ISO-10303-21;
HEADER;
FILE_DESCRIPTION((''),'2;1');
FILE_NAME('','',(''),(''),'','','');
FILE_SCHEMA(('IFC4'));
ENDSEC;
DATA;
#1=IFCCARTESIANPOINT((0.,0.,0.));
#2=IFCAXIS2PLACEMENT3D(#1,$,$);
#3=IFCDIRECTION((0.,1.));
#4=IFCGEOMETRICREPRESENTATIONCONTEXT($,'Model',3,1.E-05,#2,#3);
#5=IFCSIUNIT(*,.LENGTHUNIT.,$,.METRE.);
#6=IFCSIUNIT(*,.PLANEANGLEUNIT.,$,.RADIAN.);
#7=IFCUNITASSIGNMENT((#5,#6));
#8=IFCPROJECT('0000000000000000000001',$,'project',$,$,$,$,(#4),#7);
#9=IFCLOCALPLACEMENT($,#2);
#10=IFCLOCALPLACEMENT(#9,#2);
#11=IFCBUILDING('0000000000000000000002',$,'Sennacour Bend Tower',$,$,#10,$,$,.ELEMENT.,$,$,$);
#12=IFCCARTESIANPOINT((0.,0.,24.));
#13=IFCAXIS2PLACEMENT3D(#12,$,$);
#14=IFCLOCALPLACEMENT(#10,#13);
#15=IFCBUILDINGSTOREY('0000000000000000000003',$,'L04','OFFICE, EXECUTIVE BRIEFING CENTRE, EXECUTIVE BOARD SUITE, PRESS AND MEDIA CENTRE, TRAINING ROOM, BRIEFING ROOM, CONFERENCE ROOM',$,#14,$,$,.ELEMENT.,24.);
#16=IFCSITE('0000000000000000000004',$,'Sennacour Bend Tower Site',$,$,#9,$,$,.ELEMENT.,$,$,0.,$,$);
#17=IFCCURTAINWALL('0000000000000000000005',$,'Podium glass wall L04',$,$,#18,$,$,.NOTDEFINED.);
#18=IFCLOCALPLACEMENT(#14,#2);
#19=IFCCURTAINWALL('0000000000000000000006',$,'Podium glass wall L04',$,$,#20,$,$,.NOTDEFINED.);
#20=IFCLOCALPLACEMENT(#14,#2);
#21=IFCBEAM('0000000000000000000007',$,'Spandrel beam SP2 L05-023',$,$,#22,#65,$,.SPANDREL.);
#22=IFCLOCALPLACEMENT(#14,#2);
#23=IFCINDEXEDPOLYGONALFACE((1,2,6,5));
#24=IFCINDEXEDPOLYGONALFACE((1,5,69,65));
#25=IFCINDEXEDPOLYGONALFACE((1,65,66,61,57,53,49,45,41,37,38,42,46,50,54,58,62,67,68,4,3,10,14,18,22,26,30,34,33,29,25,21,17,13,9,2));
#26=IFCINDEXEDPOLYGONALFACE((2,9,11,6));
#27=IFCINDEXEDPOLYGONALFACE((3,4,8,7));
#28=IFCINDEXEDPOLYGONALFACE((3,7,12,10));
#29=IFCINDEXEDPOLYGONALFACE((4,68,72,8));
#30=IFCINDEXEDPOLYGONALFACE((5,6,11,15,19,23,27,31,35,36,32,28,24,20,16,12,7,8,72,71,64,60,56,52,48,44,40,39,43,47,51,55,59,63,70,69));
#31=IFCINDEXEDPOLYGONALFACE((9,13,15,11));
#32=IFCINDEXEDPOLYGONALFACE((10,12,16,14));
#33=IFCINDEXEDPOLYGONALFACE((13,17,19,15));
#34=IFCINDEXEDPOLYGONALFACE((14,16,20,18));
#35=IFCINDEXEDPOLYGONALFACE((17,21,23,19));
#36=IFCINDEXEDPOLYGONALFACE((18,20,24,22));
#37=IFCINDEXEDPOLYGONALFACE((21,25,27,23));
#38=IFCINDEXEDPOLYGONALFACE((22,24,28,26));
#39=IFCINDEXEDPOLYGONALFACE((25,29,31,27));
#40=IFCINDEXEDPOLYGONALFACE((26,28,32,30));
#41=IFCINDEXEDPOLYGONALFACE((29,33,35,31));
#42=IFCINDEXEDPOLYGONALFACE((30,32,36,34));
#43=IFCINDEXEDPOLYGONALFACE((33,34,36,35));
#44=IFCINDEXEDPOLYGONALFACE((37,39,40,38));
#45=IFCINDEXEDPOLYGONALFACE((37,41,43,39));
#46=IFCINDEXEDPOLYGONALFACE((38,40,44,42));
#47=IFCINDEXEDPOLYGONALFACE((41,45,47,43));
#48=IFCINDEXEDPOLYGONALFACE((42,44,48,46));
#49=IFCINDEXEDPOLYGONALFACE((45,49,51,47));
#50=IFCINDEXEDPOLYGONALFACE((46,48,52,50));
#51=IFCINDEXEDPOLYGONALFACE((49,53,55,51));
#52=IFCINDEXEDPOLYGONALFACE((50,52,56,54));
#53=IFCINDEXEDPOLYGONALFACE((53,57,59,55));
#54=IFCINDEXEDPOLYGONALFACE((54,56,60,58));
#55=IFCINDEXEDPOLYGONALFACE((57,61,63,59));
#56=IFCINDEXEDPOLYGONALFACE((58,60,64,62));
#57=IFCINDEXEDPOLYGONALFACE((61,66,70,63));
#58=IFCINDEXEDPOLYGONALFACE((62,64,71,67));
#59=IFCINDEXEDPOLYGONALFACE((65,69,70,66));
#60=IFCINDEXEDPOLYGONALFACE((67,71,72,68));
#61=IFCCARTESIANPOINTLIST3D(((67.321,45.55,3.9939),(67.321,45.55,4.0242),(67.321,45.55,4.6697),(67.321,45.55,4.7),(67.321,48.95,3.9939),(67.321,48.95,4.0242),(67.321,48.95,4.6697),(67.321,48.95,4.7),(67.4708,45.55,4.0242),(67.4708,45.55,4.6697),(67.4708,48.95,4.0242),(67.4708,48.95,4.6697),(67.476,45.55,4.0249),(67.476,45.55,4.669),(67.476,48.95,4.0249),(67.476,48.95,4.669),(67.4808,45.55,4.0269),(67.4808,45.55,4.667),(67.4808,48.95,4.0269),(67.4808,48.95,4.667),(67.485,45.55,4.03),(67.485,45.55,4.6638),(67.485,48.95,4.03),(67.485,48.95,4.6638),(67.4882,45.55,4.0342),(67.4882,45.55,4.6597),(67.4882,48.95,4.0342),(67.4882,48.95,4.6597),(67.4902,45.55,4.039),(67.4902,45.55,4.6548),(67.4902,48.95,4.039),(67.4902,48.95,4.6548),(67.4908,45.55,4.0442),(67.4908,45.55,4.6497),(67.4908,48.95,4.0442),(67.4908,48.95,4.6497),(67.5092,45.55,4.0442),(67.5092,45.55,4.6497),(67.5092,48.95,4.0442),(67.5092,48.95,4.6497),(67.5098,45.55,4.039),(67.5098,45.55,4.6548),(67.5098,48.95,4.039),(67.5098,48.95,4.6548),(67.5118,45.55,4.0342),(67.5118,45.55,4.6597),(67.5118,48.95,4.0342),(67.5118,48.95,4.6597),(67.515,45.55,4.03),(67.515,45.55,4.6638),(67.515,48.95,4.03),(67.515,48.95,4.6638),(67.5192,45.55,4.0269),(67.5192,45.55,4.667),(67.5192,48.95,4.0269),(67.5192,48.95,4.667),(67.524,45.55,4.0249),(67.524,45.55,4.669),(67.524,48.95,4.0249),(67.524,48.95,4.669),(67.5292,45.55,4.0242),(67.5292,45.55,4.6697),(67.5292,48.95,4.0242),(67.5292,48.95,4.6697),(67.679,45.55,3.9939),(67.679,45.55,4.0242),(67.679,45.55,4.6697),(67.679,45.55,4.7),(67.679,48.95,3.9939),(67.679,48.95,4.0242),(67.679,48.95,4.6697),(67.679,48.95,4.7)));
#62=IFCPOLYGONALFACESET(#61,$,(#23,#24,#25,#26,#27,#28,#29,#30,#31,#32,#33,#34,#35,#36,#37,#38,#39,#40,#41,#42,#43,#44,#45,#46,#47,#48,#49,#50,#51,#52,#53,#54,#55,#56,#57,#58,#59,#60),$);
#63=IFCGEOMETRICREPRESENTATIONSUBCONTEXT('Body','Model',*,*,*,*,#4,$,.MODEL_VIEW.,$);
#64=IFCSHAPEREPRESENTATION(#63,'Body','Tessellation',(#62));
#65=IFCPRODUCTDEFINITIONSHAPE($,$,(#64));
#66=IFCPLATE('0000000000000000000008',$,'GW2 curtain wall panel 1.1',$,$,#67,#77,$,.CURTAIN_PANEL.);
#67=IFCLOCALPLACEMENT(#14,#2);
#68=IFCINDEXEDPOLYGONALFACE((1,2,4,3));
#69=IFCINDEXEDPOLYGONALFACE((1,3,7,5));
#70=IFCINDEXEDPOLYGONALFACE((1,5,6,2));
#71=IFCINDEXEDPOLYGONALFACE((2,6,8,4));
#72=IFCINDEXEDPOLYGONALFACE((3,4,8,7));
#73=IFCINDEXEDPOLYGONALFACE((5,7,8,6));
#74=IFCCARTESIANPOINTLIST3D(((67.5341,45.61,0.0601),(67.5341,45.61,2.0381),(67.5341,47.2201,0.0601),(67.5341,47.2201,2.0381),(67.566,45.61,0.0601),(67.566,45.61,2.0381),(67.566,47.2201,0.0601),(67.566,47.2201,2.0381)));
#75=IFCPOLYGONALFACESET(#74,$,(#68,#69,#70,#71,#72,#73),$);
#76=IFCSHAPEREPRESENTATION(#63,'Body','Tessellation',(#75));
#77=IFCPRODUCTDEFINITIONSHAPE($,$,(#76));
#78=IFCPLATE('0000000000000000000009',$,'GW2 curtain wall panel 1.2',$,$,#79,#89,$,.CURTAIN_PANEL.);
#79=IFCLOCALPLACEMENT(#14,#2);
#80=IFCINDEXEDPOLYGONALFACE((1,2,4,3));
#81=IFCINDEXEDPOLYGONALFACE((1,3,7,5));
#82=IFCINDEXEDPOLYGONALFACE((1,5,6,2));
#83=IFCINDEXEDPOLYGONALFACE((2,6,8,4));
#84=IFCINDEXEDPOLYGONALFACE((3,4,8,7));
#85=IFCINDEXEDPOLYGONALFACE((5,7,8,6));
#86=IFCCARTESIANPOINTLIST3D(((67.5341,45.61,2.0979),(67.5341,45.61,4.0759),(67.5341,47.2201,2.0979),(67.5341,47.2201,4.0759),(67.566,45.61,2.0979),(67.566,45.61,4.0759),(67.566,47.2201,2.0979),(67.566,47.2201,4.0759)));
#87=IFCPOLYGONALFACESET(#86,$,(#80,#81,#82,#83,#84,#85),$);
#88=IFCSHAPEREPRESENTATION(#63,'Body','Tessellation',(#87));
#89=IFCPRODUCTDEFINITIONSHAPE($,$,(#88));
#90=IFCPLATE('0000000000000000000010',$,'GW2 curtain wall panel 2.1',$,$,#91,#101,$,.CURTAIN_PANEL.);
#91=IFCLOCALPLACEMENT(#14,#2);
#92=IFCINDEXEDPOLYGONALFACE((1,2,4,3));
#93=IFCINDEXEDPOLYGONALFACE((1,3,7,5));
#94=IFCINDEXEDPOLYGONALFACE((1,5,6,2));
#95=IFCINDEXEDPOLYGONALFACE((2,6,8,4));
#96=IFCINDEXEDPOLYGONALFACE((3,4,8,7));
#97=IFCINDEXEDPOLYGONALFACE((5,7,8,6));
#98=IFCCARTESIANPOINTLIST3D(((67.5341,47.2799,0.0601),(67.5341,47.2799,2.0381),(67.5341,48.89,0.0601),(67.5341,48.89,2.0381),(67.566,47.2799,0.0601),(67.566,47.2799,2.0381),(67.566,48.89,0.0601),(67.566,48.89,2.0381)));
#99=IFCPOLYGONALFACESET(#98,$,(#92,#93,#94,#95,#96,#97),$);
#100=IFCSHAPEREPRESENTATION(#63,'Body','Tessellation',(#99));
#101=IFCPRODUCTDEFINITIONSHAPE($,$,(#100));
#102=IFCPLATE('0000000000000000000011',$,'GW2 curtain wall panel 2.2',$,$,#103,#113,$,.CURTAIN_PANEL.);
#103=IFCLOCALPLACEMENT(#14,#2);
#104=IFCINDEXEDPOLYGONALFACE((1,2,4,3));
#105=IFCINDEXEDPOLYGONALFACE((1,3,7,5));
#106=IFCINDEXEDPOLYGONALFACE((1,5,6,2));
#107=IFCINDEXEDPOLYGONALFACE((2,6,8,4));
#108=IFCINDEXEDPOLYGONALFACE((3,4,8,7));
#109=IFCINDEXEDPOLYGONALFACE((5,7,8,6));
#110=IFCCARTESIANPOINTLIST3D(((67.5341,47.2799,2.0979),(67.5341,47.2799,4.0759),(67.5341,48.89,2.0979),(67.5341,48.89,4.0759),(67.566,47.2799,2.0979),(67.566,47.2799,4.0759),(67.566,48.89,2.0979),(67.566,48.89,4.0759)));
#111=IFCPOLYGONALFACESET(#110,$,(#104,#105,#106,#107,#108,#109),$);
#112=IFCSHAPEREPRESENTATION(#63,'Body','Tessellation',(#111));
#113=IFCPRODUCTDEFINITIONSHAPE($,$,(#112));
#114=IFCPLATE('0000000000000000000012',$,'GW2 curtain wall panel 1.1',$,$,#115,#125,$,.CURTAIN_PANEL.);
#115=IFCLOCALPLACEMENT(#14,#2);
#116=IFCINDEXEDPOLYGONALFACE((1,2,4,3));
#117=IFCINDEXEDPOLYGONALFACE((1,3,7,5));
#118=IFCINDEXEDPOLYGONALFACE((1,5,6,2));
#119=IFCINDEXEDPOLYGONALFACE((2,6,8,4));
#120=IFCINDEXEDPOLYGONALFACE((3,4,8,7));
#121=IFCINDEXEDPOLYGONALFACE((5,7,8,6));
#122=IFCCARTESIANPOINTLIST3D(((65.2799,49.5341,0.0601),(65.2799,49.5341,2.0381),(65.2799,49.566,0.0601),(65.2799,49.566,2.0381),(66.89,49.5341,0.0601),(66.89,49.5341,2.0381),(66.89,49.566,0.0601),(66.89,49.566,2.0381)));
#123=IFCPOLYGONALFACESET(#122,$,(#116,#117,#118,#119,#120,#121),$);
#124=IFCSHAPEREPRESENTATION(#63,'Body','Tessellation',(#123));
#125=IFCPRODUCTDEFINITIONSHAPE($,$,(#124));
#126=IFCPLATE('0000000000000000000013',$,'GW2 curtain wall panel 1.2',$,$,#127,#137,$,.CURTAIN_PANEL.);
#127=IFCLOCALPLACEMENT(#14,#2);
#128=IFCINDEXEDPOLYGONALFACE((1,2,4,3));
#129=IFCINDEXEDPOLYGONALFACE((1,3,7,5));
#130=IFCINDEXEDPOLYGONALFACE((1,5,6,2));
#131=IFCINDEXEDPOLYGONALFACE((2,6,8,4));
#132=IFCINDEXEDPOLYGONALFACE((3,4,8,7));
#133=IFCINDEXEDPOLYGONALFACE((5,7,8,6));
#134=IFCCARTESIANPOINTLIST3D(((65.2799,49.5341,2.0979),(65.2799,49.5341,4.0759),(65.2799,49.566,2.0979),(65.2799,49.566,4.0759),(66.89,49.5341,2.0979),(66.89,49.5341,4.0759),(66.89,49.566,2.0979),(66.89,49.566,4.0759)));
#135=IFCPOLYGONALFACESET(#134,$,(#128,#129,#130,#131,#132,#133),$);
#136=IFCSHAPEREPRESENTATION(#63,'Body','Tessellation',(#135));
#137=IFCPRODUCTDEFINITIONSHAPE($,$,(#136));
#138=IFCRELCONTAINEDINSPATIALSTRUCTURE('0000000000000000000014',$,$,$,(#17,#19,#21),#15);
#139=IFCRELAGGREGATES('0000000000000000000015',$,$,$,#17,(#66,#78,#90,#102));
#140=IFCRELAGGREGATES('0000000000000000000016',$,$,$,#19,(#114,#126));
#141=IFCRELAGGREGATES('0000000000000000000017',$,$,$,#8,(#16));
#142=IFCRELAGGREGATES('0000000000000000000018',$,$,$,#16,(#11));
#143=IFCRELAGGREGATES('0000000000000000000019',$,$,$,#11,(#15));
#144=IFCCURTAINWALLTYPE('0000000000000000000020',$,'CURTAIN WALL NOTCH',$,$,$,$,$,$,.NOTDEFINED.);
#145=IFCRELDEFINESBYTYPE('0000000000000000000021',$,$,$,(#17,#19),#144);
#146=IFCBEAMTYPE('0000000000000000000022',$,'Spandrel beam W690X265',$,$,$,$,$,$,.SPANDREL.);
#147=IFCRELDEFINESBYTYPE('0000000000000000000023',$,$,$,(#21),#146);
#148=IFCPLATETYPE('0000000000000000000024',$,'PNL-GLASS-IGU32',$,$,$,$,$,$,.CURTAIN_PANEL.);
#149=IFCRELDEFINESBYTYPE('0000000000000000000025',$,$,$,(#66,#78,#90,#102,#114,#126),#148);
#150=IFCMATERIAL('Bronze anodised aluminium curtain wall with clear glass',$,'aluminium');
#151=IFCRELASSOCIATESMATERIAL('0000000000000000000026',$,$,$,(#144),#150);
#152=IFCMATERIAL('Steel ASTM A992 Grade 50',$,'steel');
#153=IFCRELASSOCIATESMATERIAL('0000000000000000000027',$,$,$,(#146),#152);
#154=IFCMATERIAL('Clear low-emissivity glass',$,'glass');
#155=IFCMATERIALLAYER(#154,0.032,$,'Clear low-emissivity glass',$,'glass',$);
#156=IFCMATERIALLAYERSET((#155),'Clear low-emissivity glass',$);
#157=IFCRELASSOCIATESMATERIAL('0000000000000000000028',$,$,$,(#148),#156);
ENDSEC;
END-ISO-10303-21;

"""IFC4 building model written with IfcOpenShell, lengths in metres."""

from ifc_helpers import new_model, si_unit, direction, frame, origin, origin_2d, place, context, subcontext, project, spatial, rectangle, i_section, extrude, material, layer, layer_set, material_profile, profile_set, type_object, element, aggregate, save


model = new_model("IFC4")

# Units and contexts
model_context = context("Model", 3, precision=1e-05, world=origin(), true_north=direction((0.0, 1.0)))
body_context = subcontext(model_context, "Body", "Model", "MODEL_VIEW")
ifc_project = project(units=[si_unit("LENGTHUNIT", "METRE"), si_unit("PLANEANGLEUNIT", "RADIAN")], contexts=[model_context])

# Site, building, storey
site_placement = place(None, origin())
site = spatial("IfcSite", under=ifc_project, at=site_placement, Name="Sennacour Bend Tower Site", CompositionType="ELEMENT", RefElevation=0.0)
building_placement = place(site_placement, origin())
building = spatial("IfcBuilding", under=site, at=building_placement, Name="Sennacour Bend Tower", CompositionType="ELEMENT")
storey_placement = place(building_placement, frame((0.0, 0.0, 24.0)))
storey = spatial("IfcBuildingStorey", under=building, at=storey_placement, Name="L04", Description="OFFICE, EXECUTIVE BRIEFING CENTRE, EXECUTIVE BOARD SUITE, PRESS AND MEDIA CENTRE, TRAINING ROOM, BRIEFING ROOM, CONFERENCE ROOM", CompositionType="ELEMENT", Elevation=24.0)

# Curtain walls
ifc_material_1 = material(Name="Bronze anodised aluminium curtain wall with clear glass", Category="aluminium")
curtain_wall_type = type_object("IfcCurtainWallType", Name="CURTAIN WALL NOTCH", PredefinedType="NOTDEFINED", material=ifc_material_1)
curtain_wall_1_placement = place(storey_placement, origin())
curtain_wall_1 = element("IfcCurtainWall", 1, at=curtain_wall_1_placement, inside=storey, type_object=curtain_wall_type, Name="Podium glass wall L04", PredefinedType="NOTDEFINED")
curtain_wall_2_placement = place(storey_placement, origin())
curtain_wall_2 = element("IfcCurtainWall", 2, at=curtain_wall_2_placement, inside=storey, type_object=curtain_wall_type, Name="Podium glass wall L04", PredefinedType="NOTDEFINED")

# Beam
ifc_material_2 = material(Name="Steel ASTM A992 Grade 50", Category="steel")
ifc_material_profile_1 = material_profile(ifc_material_2, i_section(OverallWidth=0.3579, OverallDepth=0.7061, WebThickness=0.0183, FlangeThickness=0.0303, FilletRadius=0.02, at=origin_2d()), Name="Steel ASTM A992 Grade 50", Category="steel")
ifc_profile_set_1 = profile_set([ifc_material_profile_1], Name="Steel ASTM A992 Grade 50")
beam_type = type_object("IfcBeamType", Name="Spandrel beam W690X265", PredefinedType="SPANDREL", material=ifc_profile_set_1)
beam_placement = place(storey_placement, frame((67.5, 48.95, 4.3469), z_axis=(0.0, -1.0, 0.0), x_axis=(1.0, 0.0, 0.0)))
element("IfcBeam", 3, at=beam_placement, inside=storey, type_object=beam_type, Name="Spandrel beam SP2 L05-023", PredefinedType="SPANDREL", context=body_context, shape_type="SweptSolid", body=[
    extrude(i_section(OverallWidth=0.3579, OverallDepth=0.7061, WebThickness=0.0183, FlangeThickness=0.0303, FilletRadius=0.02, at=origin_2d()), origin(), (0.0, 0.0, 1.0), 3.3999),
])

# Plates
ifc_material_3 = material(Name="Clear low-emissivity glass", Category="glass")
ifc_layer = layer(ifc_material_3, 0.032, Name="Clear low-emissivity glass", Category="glass")
ifc_layer_set = layer_set([ifc_layer], Name="Clear low-emissivity glass")
plate_type = type_object("IfcPlateType", Name="PNL-GLASS-IGU32", PredefinedType="CURTAIN_PANEL", material=ifc_layer_set)
plate_1_placement = place(storey_placement, frame((67.55, 46.415, 0.0601), z_axis=(0.0, 0.0, 1.0), x_axis=(0.0, 1.0, 0.0)))
plate_1 = element("IfcPlate", 4, at=plate_1_placement, type_object=plate_type, Name="GW2 curtain wall panel 1.1", PredefinedType="CURTAIN_PANEL", context=body_context, shape_type="SweptSolid", body=[
    extrude(rectangle(XDim=1.6101, YDim=0.032, at=origin_2d()), origin(), (0.0, 0.0, 1.0), 1.978),
])
plate_2_placement = place(storey_placement, frame((67.55, 46.415, 2.0979), z_axis=(0.0, 0.0, 1.0), x_axis=(0.0, 1.0, 0.0)))
plate_2 = element("IfcPlate", 5, at=plate_2_placement, type_object=plate_type, Name="GW2 curtain wall panel 1.2", PredefinedType="CURTAIN_PANEL", context=body_context, shape_type="SweptSolid", body=[
    extrude(rectangle(XDim=1.6101, YDim=0.032, at=origin_2d()), origin(), (0.0, 0.0, 1.0), 1.978),
])
plate_3_placement = place(storey_placement, frame((67.55, 48.085, 0.0601), z_axis=(0.0, 0.0, 1.0), x_axis=(0.0, 1.0, 0.0)))
plate_3 = element("IfcPlate", 6, at=plate_3_placement, type_object=plate_type, Name="GW2 curtain wall panel 2.1", PredefinedType="CURTAIN_PANEL", context=body_context, shape_type="SweptSolid", body=[
    extrude(rectangle(XDim=1.6101, YDim=0.032, at=origin_2d()), origin(), (0.0, 0.0, 1.0), 1.978),
])
plate_4_placement = place(storey_placement, frame((67.55, 48.085, 2.0979), z_axis=(0.0, 0.0, 1.0), x_axis=(0.0, 1.0, 0.0)))
plate_4 = element("IfcPlate", 7, at=plate_4_placement, type_object=plate_type, Name="GW2 curtain wall panel 2.2", PredefinedType="CURTAIN_PANEL", context=body_context, shape_type="SweptSolid", body=[
    extrude(rectangle(XDim=1.6101, YDim=0.032, at=origin_2d()), origin(), (0.0, 0.0, 1.0), 1.978),
])
aggregate(curtain_wall_1, [plate_1, plate_2, plate_3, plate_4])
plate_5_placement = place(storey_placement, frame((66.085, 49.55, 0.0601), z_axis=(0.0, 0.0, 1.0), x_axis=(-1.0, 0.0, 0.0)))
plate_5 = element("IfcPlate", 8, at=plate_5_placement, type_object=plate_type, Name="GW2 curtain wall panel 1.1", PredefinedType="CURTAIN_PANEL", context=body_context, shape_type="SweptSolid", body=[
    extrude(rectangle(XDim=1.6101, YDim=0.032, at=origin_2d()), origin(), (0.0, 0.0, 1.0), 1.978),
])
plate_6_placement = place(storey_placement, frame((66.085, 49.55, 2.0979), z_axis=(0.0, 0.0, 1.0), x_axis=(-1.0, 0.0, 0.0)))
plate_6 = element("IfcPlate", 9, at=plate_6_placement, type_object=plate_type, Name="GW2 curtain wall panel 1.2", PredefinedType="CURTAIN_PANEL", context=body_context, shape_type="SweptSolid", body=[
    extrude(rectangle(XDim=1.6101, YDim=0.032, at=origin_2d()), origin(), (0.0, 0.0, 1.0), 1.978),
])
aggregate(curtain_wall_2, [plate_5, plate_6])

save(model, "model.ifc")
